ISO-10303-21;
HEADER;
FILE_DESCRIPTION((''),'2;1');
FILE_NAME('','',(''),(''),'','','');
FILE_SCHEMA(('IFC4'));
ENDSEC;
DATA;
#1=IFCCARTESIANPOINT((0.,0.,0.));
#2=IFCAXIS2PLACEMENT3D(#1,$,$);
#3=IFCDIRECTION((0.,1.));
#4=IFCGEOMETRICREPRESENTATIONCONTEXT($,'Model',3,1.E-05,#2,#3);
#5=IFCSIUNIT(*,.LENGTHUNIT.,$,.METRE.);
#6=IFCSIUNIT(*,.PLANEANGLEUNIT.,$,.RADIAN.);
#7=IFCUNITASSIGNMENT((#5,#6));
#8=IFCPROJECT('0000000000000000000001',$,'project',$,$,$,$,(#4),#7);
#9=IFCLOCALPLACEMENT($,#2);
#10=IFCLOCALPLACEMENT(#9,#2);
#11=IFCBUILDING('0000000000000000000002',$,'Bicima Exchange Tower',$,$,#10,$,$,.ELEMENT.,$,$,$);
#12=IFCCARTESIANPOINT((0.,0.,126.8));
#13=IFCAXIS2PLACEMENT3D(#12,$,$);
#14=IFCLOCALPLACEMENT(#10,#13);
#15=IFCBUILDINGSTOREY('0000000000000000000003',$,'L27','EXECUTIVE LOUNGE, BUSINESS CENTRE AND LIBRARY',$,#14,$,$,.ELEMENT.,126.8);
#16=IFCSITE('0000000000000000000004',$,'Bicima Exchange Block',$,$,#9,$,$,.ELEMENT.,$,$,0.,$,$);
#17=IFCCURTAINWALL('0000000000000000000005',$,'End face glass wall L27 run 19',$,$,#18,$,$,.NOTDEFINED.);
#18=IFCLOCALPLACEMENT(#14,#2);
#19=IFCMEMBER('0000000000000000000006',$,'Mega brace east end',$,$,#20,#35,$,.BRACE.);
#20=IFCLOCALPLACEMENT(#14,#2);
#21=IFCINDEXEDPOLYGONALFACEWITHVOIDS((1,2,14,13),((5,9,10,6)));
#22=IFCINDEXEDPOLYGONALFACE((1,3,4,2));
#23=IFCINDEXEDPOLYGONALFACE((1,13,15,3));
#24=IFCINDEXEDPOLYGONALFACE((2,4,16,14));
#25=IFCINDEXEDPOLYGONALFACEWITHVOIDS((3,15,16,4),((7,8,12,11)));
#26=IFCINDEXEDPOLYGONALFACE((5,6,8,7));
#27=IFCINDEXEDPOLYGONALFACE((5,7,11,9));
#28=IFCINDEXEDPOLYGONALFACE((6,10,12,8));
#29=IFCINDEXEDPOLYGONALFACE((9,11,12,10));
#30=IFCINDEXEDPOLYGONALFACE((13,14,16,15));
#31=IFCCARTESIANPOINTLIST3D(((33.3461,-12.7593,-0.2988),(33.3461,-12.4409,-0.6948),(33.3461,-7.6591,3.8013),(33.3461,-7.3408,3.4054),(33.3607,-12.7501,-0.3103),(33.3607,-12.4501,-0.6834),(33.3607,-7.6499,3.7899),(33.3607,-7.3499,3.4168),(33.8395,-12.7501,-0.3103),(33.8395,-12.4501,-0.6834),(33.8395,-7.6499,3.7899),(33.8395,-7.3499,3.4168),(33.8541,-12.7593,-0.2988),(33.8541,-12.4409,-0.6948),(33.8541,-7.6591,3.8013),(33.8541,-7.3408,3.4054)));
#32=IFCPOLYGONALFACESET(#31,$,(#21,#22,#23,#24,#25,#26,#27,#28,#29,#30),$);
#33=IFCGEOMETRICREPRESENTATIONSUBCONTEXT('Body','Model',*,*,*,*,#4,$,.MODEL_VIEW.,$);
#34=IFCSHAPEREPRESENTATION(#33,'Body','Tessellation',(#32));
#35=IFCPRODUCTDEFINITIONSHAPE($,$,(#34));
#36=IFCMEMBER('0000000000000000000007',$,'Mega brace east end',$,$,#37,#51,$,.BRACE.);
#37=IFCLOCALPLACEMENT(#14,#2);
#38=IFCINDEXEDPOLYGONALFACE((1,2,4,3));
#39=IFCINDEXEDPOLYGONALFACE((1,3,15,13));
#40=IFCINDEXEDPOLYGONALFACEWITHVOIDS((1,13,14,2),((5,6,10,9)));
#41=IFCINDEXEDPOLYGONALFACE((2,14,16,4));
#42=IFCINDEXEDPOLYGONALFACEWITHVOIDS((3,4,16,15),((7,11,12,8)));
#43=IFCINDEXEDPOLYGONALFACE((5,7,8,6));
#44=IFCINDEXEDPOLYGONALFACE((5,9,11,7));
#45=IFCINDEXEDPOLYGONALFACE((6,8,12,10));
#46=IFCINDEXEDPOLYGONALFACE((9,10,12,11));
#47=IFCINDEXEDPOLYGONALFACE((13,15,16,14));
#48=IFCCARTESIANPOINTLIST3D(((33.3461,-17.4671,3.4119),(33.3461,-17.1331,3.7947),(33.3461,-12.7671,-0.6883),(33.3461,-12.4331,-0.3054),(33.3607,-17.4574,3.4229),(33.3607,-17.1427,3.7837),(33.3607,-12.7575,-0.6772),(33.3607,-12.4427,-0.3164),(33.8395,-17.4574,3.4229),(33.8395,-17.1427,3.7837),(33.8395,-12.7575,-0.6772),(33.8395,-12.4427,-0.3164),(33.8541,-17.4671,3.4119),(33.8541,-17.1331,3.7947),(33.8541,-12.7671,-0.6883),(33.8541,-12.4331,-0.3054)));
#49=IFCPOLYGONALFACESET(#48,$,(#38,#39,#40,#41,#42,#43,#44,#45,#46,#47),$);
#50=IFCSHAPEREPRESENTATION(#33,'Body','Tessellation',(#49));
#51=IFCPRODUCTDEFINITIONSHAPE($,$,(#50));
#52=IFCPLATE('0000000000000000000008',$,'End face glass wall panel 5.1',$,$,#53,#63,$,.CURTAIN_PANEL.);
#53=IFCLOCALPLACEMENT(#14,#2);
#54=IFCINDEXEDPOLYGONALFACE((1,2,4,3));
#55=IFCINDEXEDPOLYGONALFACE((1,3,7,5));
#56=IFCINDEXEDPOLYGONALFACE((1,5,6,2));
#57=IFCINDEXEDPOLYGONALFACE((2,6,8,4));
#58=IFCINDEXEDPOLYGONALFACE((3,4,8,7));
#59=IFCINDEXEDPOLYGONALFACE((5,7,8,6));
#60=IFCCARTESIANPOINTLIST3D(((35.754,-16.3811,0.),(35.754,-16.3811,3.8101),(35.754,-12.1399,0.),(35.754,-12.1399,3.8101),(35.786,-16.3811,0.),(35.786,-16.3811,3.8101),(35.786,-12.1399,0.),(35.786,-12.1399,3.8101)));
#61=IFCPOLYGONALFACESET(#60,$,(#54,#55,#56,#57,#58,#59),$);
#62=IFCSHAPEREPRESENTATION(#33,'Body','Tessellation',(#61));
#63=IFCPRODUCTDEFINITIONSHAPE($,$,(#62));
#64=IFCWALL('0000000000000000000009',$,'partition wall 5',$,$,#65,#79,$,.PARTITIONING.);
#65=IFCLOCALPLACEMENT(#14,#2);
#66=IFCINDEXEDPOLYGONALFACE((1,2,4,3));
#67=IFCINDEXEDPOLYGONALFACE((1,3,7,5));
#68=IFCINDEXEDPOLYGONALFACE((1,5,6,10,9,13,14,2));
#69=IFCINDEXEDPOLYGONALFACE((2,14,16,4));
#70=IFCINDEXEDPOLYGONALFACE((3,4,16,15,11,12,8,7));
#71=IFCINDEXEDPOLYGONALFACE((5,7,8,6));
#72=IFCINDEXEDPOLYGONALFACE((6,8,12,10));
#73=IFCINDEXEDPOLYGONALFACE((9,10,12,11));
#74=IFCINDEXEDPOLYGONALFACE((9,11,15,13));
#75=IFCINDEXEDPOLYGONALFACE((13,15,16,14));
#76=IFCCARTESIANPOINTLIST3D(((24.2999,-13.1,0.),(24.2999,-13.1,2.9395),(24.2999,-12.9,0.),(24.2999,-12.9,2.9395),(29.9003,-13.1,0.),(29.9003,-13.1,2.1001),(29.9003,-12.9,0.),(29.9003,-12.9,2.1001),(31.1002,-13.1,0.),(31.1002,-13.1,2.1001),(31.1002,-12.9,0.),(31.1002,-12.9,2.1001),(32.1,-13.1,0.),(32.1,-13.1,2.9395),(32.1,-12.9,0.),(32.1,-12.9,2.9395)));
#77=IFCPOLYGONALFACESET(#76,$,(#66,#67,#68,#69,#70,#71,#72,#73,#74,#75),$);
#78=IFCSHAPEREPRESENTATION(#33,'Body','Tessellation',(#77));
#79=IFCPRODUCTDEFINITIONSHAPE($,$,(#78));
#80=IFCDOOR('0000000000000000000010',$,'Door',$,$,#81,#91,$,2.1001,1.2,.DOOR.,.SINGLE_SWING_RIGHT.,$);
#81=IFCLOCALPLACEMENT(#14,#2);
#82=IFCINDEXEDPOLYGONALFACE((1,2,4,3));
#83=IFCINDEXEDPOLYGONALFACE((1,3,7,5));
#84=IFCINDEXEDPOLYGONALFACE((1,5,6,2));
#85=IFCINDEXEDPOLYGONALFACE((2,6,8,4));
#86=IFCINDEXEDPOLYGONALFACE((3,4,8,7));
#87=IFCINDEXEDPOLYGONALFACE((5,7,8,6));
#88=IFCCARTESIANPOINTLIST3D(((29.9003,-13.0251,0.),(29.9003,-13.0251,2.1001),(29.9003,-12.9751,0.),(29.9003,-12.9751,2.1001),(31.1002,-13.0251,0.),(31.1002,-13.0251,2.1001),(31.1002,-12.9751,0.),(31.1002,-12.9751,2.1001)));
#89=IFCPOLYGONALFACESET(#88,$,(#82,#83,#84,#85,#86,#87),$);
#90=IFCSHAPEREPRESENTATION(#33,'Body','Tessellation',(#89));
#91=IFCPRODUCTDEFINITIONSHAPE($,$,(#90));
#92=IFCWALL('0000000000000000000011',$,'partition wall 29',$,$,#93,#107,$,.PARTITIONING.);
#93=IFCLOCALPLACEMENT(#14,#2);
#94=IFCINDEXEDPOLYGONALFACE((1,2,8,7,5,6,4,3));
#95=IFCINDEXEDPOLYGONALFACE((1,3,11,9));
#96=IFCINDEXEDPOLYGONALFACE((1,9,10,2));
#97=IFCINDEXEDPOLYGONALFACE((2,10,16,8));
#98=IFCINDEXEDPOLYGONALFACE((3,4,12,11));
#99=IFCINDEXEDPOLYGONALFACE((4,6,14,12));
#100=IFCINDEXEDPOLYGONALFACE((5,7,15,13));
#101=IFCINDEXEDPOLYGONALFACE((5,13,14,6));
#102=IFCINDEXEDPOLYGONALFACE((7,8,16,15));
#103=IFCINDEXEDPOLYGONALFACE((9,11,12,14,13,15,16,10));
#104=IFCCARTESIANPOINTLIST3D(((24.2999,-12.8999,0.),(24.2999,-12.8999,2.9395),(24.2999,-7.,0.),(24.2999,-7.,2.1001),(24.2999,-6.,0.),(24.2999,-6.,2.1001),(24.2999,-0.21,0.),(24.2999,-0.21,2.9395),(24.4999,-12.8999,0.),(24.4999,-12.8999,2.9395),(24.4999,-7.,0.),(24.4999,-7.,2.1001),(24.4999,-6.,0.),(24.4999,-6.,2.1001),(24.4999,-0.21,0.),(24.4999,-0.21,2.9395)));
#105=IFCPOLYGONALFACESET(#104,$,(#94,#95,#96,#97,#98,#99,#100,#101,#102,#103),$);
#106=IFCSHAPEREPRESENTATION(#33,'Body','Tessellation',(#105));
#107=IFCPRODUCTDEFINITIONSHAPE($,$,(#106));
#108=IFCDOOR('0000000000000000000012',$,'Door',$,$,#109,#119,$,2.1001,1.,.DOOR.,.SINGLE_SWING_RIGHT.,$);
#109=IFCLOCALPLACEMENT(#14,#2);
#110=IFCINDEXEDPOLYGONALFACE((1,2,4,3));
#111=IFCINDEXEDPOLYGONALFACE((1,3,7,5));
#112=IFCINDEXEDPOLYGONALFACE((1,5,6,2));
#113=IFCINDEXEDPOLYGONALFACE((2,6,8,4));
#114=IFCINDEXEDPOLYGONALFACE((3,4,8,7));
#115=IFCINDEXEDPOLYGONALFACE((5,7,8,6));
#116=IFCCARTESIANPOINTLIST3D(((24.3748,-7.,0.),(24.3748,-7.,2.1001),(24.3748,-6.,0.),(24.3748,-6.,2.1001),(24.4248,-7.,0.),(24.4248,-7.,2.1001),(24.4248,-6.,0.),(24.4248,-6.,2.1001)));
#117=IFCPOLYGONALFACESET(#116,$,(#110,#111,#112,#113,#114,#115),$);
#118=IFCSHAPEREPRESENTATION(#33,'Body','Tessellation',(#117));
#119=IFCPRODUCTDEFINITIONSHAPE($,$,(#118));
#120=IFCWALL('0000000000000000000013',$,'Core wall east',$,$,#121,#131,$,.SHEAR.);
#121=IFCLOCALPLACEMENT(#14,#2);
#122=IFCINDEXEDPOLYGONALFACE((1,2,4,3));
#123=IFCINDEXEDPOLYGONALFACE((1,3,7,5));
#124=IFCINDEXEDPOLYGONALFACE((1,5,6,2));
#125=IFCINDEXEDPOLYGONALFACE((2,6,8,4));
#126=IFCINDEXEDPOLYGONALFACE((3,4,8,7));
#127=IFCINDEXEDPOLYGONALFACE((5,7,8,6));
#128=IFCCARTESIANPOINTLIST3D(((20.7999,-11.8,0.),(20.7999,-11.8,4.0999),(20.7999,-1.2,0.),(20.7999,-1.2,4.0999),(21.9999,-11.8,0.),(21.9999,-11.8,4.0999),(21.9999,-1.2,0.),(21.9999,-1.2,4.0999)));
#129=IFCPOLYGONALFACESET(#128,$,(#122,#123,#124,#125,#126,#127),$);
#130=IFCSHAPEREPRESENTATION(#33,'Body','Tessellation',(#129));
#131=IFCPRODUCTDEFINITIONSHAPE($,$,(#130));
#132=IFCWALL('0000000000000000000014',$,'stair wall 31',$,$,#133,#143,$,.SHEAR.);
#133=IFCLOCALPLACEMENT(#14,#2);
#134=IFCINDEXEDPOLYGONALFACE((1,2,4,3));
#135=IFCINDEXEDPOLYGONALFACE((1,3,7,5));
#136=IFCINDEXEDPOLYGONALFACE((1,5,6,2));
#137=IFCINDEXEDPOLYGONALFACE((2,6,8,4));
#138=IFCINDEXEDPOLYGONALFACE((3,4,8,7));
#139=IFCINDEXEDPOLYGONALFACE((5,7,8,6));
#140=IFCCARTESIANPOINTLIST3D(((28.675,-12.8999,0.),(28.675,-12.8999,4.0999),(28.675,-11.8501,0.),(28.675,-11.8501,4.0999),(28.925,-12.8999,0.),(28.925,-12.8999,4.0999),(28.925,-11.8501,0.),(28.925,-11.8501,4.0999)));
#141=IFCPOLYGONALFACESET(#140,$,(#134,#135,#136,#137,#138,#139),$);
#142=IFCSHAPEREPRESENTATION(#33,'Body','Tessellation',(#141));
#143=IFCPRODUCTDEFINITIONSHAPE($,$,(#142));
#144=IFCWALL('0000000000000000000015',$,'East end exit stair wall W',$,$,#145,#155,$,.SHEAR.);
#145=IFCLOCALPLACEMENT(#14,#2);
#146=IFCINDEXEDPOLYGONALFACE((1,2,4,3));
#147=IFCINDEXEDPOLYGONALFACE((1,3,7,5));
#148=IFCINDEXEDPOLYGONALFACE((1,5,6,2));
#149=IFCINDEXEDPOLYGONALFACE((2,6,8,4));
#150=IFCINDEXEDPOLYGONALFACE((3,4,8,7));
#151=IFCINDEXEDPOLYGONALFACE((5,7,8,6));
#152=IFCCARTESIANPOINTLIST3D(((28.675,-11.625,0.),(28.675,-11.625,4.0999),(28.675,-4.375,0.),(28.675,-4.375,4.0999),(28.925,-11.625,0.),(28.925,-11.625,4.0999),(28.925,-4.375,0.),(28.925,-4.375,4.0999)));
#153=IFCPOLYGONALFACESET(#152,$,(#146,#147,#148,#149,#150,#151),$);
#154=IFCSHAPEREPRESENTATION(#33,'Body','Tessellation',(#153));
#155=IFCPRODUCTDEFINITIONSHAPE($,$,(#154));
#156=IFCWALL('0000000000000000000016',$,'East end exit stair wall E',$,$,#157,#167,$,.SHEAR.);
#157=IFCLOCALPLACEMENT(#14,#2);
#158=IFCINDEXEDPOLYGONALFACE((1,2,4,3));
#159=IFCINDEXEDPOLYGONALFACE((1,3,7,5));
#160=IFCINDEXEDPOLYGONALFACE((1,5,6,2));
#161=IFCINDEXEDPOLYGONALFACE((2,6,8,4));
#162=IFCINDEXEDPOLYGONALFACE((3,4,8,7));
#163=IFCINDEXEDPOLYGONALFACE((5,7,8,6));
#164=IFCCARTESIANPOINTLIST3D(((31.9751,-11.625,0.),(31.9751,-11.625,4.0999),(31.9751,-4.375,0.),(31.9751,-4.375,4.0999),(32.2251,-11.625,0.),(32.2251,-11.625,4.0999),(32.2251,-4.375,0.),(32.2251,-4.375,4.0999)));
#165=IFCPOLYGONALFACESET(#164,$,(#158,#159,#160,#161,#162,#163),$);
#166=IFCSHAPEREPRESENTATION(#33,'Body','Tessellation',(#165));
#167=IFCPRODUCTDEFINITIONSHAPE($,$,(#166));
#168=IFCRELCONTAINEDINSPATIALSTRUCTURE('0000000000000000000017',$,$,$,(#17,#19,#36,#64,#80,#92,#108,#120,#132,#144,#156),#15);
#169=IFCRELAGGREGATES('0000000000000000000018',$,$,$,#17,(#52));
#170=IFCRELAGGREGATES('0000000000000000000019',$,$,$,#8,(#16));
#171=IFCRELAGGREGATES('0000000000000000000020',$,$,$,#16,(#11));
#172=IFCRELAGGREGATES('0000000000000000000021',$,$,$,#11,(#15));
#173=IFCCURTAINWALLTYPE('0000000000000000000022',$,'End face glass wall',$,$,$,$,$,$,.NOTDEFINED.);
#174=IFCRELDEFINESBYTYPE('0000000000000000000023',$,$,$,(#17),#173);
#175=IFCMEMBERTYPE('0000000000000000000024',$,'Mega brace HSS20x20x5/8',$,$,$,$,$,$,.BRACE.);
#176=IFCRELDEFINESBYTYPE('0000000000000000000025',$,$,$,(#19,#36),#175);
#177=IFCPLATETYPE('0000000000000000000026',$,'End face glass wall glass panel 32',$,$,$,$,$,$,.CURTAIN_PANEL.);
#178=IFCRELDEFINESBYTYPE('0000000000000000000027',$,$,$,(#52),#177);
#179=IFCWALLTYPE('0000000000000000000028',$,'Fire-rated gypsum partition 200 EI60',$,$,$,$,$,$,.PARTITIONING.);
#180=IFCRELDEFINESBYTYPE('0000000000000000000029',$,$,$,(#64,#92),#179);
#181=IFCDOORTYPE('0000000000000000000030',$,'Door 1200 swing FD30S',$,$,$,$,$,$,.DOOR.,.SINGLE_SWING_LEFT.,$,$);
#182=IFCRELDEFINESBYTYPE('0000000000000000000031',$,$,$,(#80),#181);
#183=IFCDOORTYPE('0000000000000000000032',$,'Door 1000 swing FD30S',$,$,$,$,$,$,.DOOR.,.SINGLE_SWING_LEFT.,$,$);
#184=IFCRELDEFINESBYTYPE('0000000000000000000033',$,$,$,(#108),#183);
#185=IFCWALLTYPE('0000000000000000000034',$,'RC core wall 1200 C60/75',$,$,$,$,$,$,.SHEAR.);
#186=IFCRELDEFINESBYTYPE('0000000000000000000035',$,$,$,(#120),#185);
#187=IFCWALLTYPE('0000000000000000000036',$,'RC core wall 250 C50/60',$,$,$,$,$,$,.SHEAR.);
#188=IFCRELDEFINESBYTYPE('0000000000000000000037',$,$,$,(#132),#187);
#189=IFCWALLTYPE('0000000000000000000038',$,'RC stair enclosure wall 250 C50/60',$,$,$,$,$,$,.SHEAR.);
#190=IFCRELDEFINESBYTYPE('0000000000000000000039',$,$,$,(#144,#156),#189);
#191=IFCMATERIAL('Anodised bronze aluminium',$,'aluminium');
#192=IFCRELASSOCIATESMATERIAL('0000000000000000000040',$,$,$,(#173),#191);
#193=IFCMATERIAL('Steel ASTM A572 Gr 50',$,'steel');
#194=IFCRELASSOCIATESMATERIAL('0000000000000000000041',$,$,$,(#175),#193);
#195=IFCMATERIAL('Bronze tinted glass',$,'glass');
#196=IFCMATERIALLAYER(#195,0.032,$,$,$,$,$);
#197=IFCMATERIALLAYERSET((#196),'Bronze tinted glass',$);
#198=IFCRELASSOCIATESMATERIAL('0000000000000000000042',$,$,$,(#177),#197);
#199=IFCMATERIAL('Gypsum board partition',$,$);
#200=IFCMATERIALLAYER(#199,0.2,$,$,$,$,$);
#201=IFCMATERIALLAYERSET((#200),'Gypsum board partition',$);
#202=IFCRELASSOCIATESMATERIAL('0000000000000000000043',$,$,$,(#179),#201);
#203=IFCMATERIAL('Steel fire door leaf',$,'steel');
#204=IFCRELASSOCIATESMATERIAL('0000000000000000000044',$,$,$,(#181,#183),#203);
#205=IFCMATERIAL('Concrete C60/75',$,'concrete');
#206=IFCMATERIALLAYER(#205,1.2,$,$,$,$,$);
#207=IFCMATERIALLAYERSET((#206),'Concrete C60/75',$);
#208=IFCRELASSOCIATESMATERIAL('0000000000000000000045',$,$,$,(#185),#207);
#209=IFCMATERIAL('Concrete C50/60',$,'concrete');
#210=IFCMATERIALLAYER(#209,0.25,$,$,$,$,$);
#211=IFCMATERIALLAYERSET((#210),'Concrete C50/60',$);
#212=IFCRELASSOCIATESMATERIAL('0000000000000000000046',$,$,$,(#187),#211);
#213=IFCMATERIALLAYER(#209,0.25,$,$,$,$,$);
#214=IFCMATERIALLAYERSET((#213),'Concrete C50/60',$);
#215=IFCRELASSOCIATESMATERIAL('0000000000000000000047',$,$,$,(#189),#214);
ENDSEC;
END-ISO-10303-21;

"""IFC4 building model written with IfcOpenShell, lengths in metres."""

from ifc_helpers import new_model, si_unit, direction, frame, frame_2d, origin, origin_2d, place, context, subcontext, project, spatial, rectangle, hollow_rectangle, extrude, material, layer, layer_set, material_profile, profile_set, type_object, element, fill, aggregate, save


model = new_model("IFC4")

# Units and contexts
model_context = context("Model", 3, precision=1e-05, world=origin(), true_north=direction((0.0, 1.0)))
body_context = subcontext(model_context, "Body", "Model", "MODEL_VIEW")
ifc_project = project(units=[si_unit("LENGTHUNIT", "METRE"), si_unit("PLANEANGLEUNIT", "RADIAN")], contexts=[model_context])

# Site, building, storey
site_placement = place(None, origin())
site = spatial("IfcSite", under=ifc_project, at=site_placement, Name="Bicima Exchange Block", CompositionType="ELEMENT", RefElevation=0.0)
building_placement = place(site_placement, origin())
building = spatial("IfcBuilding", under=site, at=building_placement, Name="Bicima Exchange Tower", CompositionType="ELEMENT")
storey_placement = place(building_placement, frame((0.0, 0.0, 126.8)))
storey = spatial("IfcBuildingStorey", under=building, at=storey_placement, Name="L27", Description="EXECUTIVE LOUNGE, BUSINESS CENTRE AND LIBRARY", CompositionType="ELEMENT", Elevation=126.8)

# Curtain wall
ifc_material_1 = material(Name="Anodised bronze aluminium", Category="aluminium")
curtain_wall_type = type_object("IfcCurtainWallType", Name="End face glass wall", PredefinedType="NOTDEFINED", material=ifc_material_1)
curtain_wall_placement = place(storey_placement, origin())
curtain_wall = element("IfcCurtainWall", 1, at=curtain_wall_placement, inside=storey, type_object=curtain_wall_type, Name="End face glass wall L27 run 19", PredefinedType="NOTDEFINED")

# Members
ifc_material_2 = material(Name="Steel ASTM A572 Gr 50", Category="steel")
ifc_material_profile_1 = material_profile(ifc_material_2, hollow_rectangle(XDim=0.5081, YDim=0.5081, WallThickness=0.0146, at=origin_2d()))
ifc_profile_set_1 = profile_set([ifc_material_profile_1], Name="Steel ASTM A572 Gr 50")
member_type_1 = type_object("IfcMemberType", Name="Mega brace HSS20x20x5/8", PredefinedType="BRACE", material=ifc_profile_set_1)
member_1_placement = place(storey_placement, frame((33.6001, -12.6001, -0.4968), z_axis=(0.0, 0.779374, 0.626559), x_axis=(-1.0, 0.0, 0.0)))
element("IfcMember", 2, at=member_1_placement, inside=storey, type_object=member_type_1, Name="Mega brace east end", PredefinedType="BRACE", context=body_context, shape_type="SweptSolid", body=[
    extrude(hollow_rectangle(XDim=0.5081, YDim=0.5081, WallThickness=0.0146, at=origin_2d()), origin(), (0.0, 0.0, 1.0), 6.5439),
])
member_2_placement = place(storey_placement, frame((33.6001, -12.6001, -0.4968), z_axis=(0.0, -0.753558, 0.657382), x_axis=(1.0, 0.0, 0.0)))
element("IfcMember", 3, at=member_2_placement, inside=storey, type_object=member_type_1, Name="Mega brace east end", PredefinedType="BRACE", context=body_context, shape_type="SweptSolid", body=[
    extrude(hollow_rectangle(XDim=0.5081, YDim=0.5081, WallThickness=0.0146, at=origin_2d()), origin(), (0.0, 0.0, 1.0), 6.2371),
])

# Plate
ifc_material_3 = material(Name="Bronze tinted glass", Category="glass")
ifc_layer_1 = layer(ifc_material_3, 0.032)
ifc_layer_set_1 = layer_set([ifc_layer_1], Name="Bronze tinted glass")
plate_type = type_object("IfcPlateType", Name="End face glass wall glass panel 32", PredefinedType="CURTAIN_PANEL", material=ifc_layer_set_1)
plate_placement = place(storey_placement, frame((35.77, -14.2605, 0.0), z_axis=(0.0, 0.0, 1.0), x_axis=(0.0, 1.0, 0.0)))
plate = element("IfcPlate", 4, at=plate_placement, type_object=plate_type, Name="End face glass wall panel 5.1", PredefinedType="CURTAIN_PANEL", context=body_context, shape_type="SweptSolid", body=[
    extrude(rectangle(XDim=4.2412, YDim=0.032, at=origin_2d()), origin(), (0.0, 0.0, 1.0), 3.8101),
])
aggregate(curtain_wall, [plate])

# Walls, openings, doors
ifc_material_4 = material(Name="Gypsum board partition")
ifc_layer_2 = layer(ifc_material_4, 0.2)
ifc_layer_set_2 = layer_set([ifc_layer_2], Name="Gypsum board partition")
wall_type_1 = type_object("IfcWallType", Name="Fire-rated gypsum partition 200 EI60", PredefinedType="PARTITIONING", material=ifc_layer_set_2)
wall_1_placement = place(storey_placement, frame((24.3, -13.0, 0.0), z_axis=(0.0, 0.0, 1.0), x_axis=(1.0, 0.0, 0.0)))
wall_1 = element("IfcWall", 5, at=wall_1_placement, inside=storey, type_object=wall_type_1, Name="partition wall 5", PredefinedType="PARTITIONING", context=body_context, shape_type="SweptSolid", body=[
    extrude(rectangle(XDim=7.8, YDim=0.2, at=frame_2d((3.8999, 0.0))), origin(), (0.0, 0.0, 1.0), 2.9395),
])
opening_1_placement = place(wall_1_placement, frame((5.6001, 0.0, 0.0)))
opening_1 = element("IfcOpeningElement", 6, at=opening_1_placement, cuts=wall_1, PredefinedType="OPENING", context=body_context, shape_type="SweptSolid", body=[
    extrude(rectangle(XDim=1.2, YDim=2.1001, at=frame_2d((0.6001, 1.05))), frame((0.0, 0.1118, 0.0), z_axis=(0.0, -1.0, 0.0), x_axis=(1.0, 0.0, 0.0)), (0.0, 0.0, 1.0), 0.2239),
])
ifc_material_5 = material(Name="Steel fire door leaf", Category="steel")
door_type_1 = type_object("IfcDoorType", Name="Door 1200 swing FD30S", OperationType="SINGLE_SWING_LEFT", PredefinedType="DOOR", material=ifc_material_5)
door_1_placement = place(opening_1_placement, origin())
door_1 = element("IfcDoor", 7, at=door_1_placement, inside=storey, type_object=door_type_1, Name="Door", OperationType="SINGLE_SWING_RIGHT", OverallHeight=2.1001, OverallWidth=1.2, PredefinedType="DOOR", context=body_context, shape_type="SweptSolid", body=[
    extrude(rectangle(XDim=1.2, YDim=2.1001, at=frame_2d((0.6001, 1.05))), frame((0.0, 0.0249, 0.0), z_axis=(0.0, -1.0, 0.0), x_axis=(1.0, 0.0, 0.0)), (0.0, 0.0, 1.0), 0.05),
])
fill(opening_1, door_1)
wall_2_placement = place(storey_placement, frame((24.3999, -12.8999, 0.0), z_axis=(0.0, 0.0, 1.0), x_axis=(0.0, 1.0, 0.0)))
wall_2 = element("IfcWall", 8, at=wall_2_placement, inside=storey, type_object=wall_type_1, Name="partition wall 29", PredefinedType="PARTITIONING", context=body_context, shape_type="SweptSolid", body=[
    extrude(rectangle(XDim=12.6899, YDim=0.2, at=frame_2d((6.345, 0.0))), origin(), (0.0, 0.0, 1.0), 2.9395),
])
opening_2_placement = place(wall_2_placement, frame((5.8999, 0.0, 0.0)))
opening_2 = element("IfcOpeningElement", 9, at=opening_2_placement, cuts=wall_2, PredefinedType="OPENING", context=body_context, shape_type="SweptSolid", body=[
    extrude(rectangle(XDim=1.0, YDim=2.1001, at=frame_2d((0.5, 1.05))), frame((0.0, 0.1118, 0.0), z_axis=(0.0, -1.0, 0.0), x_axis=(1.0, 0.0, 0.0)), (0.0, 0.0, 1.0), 0.2239),
])
door_type_2 = type_object("IfcDoorType", Name="Door 1000 swing FD30S", OperationType="SINGLE_SWING_LEFT", PredefinedType="DOOR", material=ifc_material_5)
door_2_placement = place(opening_2_placement, frame((1.0, 0.0, 0.0), z_axis=(0.0, 0.0, 1.0), x_axis=(-1.0, 0.0, 0.0)))
door_2 = element("IfcDoor", 10, at=door_2_placement, inside=storey, type_object=door_type_2, Name="Door", OperationType="SINGLE_SWING_RIGHT", OverallHeight=2.1001, OverallWidth=1.0, PredefinedType="DOOR", context=body_context, shape_type="SweptSolid", body=[
    extrude(rectangle(XDim=1.0, YDim=2.1001, at=frame_2d((0.5, 1.05))), frame((0.0, 0.0249, 0.0), z_axis=(0.0, -1.0, 0.0), x_axis=(1.0, 0.0, 0.0)), (0.0, 0.0, 1.0), 0.05),
])
fill(opening_2, door_2)

# Walls
ifc_material_6 = material(Name="Concrete C60/75", Category="concrete")
ifc_layer_3 = layer(ifc_material_6, 1.2)
ifc_layer_set_3 = layer_set([ifc_layer_3], Name="Concrete C60/75")
wall_type_2 = type_object("IfcWallType", Name="RC core wall 1200 C60/75", PredefinedType="SHEAR", material=ifc_layer_set_3)
wall_3_placement = place(storey_placement, frame((21.3999, -11.8, 0.0), z_axis=(0.0, 0.0, 1.0), x_axis=(0.0, 1.0, 0.0)))
element("IfcWall", 11, at=wall_3_placement, inside=storey, type_object=wall_type_2, Name="Core wall east", PredefinedType="SHEAR", context=body_context, shape_type="SweptSolid", body=[
    extrude(rectangle(XDim=10.6001, YDim=1.2, at=frame_2d((5.3, 0.0))), origin(), (0.0, 0.0, 1.0), 4.0999),
])
ifc_material_7 = material(Name="Concrete C50/60", Category="concrete")
ifc_layer_4 = layer(ifc_material_7, 0.25)
ifc_layer_set_4 = layer_set([ifc_layer_4], Name="Concrete C50/60")
wall_type_3 = type_object("IfcWallType", Name="RC core wall 250 C50/60", PredefinedType="SHEAR", material=ifc_layer_set_4)
wall_4_placement = place(storey_placement, frame((28.8, -12.8999, 0.0), z_axis=(0.0, 0.0, 1.0), x_axis=(0.0, 1.0, 0.0)))
element("IfcWall", 12, at=wall_4_placement, inside=storey, type_object=wall_type_3, Name="stair wall 31", PredefinedType="SHEAR", context=body_context, shape_type="SweptSolid", body=[
    extrude(rectangle(XDim=1.0498, YDim=0.25, at=frame_2d((0.5249, 0.0))), origin(), (0.0, 0.0, 1.0), 4.0999),
])
ifc_layer_5 = layer(ifc_material_7, 0.25)
ifc_layer_set_5 = layer_set([ifc_layer_5], Name="Concrete C50/60")
wall_type_4 = type_object("IfcWallType", Name="RC stair enclosure wall 250 C50/60", PredefinedType="SHEAR", material=ifc_layer_set_5)
for number, where, z_axis, x_axis, name in (
    (13, (28.8, -11.625, 0.0), (0.0, 0.0, 1.0), (0.0, 1.0, 0.0), "East end exit stair wall W"),
    (14, (32.1001, -11.625, 0.0), (0.0, 0.0, 1.0), (0.0, 1.0, 0.0), "East end exit stair wall E"),
):
    element("IfcWall", number, at=place(storey_placement, frame(where, z_axis=z_axis, x_axis=x_axis)), inside=storey, type_object=wall_type_4, Name=name, PredefinedType="SHEAR", context=body_context, shape_type="SweptSolid", body=[
        extrude(rectangle(XDim=7.25, YDim=0.25, at=frame_2d((3.625, 0.0))), origin(), (0.0, 0.0, 1.0), 4.0999),
    ])

save(model, "model.ifc")
